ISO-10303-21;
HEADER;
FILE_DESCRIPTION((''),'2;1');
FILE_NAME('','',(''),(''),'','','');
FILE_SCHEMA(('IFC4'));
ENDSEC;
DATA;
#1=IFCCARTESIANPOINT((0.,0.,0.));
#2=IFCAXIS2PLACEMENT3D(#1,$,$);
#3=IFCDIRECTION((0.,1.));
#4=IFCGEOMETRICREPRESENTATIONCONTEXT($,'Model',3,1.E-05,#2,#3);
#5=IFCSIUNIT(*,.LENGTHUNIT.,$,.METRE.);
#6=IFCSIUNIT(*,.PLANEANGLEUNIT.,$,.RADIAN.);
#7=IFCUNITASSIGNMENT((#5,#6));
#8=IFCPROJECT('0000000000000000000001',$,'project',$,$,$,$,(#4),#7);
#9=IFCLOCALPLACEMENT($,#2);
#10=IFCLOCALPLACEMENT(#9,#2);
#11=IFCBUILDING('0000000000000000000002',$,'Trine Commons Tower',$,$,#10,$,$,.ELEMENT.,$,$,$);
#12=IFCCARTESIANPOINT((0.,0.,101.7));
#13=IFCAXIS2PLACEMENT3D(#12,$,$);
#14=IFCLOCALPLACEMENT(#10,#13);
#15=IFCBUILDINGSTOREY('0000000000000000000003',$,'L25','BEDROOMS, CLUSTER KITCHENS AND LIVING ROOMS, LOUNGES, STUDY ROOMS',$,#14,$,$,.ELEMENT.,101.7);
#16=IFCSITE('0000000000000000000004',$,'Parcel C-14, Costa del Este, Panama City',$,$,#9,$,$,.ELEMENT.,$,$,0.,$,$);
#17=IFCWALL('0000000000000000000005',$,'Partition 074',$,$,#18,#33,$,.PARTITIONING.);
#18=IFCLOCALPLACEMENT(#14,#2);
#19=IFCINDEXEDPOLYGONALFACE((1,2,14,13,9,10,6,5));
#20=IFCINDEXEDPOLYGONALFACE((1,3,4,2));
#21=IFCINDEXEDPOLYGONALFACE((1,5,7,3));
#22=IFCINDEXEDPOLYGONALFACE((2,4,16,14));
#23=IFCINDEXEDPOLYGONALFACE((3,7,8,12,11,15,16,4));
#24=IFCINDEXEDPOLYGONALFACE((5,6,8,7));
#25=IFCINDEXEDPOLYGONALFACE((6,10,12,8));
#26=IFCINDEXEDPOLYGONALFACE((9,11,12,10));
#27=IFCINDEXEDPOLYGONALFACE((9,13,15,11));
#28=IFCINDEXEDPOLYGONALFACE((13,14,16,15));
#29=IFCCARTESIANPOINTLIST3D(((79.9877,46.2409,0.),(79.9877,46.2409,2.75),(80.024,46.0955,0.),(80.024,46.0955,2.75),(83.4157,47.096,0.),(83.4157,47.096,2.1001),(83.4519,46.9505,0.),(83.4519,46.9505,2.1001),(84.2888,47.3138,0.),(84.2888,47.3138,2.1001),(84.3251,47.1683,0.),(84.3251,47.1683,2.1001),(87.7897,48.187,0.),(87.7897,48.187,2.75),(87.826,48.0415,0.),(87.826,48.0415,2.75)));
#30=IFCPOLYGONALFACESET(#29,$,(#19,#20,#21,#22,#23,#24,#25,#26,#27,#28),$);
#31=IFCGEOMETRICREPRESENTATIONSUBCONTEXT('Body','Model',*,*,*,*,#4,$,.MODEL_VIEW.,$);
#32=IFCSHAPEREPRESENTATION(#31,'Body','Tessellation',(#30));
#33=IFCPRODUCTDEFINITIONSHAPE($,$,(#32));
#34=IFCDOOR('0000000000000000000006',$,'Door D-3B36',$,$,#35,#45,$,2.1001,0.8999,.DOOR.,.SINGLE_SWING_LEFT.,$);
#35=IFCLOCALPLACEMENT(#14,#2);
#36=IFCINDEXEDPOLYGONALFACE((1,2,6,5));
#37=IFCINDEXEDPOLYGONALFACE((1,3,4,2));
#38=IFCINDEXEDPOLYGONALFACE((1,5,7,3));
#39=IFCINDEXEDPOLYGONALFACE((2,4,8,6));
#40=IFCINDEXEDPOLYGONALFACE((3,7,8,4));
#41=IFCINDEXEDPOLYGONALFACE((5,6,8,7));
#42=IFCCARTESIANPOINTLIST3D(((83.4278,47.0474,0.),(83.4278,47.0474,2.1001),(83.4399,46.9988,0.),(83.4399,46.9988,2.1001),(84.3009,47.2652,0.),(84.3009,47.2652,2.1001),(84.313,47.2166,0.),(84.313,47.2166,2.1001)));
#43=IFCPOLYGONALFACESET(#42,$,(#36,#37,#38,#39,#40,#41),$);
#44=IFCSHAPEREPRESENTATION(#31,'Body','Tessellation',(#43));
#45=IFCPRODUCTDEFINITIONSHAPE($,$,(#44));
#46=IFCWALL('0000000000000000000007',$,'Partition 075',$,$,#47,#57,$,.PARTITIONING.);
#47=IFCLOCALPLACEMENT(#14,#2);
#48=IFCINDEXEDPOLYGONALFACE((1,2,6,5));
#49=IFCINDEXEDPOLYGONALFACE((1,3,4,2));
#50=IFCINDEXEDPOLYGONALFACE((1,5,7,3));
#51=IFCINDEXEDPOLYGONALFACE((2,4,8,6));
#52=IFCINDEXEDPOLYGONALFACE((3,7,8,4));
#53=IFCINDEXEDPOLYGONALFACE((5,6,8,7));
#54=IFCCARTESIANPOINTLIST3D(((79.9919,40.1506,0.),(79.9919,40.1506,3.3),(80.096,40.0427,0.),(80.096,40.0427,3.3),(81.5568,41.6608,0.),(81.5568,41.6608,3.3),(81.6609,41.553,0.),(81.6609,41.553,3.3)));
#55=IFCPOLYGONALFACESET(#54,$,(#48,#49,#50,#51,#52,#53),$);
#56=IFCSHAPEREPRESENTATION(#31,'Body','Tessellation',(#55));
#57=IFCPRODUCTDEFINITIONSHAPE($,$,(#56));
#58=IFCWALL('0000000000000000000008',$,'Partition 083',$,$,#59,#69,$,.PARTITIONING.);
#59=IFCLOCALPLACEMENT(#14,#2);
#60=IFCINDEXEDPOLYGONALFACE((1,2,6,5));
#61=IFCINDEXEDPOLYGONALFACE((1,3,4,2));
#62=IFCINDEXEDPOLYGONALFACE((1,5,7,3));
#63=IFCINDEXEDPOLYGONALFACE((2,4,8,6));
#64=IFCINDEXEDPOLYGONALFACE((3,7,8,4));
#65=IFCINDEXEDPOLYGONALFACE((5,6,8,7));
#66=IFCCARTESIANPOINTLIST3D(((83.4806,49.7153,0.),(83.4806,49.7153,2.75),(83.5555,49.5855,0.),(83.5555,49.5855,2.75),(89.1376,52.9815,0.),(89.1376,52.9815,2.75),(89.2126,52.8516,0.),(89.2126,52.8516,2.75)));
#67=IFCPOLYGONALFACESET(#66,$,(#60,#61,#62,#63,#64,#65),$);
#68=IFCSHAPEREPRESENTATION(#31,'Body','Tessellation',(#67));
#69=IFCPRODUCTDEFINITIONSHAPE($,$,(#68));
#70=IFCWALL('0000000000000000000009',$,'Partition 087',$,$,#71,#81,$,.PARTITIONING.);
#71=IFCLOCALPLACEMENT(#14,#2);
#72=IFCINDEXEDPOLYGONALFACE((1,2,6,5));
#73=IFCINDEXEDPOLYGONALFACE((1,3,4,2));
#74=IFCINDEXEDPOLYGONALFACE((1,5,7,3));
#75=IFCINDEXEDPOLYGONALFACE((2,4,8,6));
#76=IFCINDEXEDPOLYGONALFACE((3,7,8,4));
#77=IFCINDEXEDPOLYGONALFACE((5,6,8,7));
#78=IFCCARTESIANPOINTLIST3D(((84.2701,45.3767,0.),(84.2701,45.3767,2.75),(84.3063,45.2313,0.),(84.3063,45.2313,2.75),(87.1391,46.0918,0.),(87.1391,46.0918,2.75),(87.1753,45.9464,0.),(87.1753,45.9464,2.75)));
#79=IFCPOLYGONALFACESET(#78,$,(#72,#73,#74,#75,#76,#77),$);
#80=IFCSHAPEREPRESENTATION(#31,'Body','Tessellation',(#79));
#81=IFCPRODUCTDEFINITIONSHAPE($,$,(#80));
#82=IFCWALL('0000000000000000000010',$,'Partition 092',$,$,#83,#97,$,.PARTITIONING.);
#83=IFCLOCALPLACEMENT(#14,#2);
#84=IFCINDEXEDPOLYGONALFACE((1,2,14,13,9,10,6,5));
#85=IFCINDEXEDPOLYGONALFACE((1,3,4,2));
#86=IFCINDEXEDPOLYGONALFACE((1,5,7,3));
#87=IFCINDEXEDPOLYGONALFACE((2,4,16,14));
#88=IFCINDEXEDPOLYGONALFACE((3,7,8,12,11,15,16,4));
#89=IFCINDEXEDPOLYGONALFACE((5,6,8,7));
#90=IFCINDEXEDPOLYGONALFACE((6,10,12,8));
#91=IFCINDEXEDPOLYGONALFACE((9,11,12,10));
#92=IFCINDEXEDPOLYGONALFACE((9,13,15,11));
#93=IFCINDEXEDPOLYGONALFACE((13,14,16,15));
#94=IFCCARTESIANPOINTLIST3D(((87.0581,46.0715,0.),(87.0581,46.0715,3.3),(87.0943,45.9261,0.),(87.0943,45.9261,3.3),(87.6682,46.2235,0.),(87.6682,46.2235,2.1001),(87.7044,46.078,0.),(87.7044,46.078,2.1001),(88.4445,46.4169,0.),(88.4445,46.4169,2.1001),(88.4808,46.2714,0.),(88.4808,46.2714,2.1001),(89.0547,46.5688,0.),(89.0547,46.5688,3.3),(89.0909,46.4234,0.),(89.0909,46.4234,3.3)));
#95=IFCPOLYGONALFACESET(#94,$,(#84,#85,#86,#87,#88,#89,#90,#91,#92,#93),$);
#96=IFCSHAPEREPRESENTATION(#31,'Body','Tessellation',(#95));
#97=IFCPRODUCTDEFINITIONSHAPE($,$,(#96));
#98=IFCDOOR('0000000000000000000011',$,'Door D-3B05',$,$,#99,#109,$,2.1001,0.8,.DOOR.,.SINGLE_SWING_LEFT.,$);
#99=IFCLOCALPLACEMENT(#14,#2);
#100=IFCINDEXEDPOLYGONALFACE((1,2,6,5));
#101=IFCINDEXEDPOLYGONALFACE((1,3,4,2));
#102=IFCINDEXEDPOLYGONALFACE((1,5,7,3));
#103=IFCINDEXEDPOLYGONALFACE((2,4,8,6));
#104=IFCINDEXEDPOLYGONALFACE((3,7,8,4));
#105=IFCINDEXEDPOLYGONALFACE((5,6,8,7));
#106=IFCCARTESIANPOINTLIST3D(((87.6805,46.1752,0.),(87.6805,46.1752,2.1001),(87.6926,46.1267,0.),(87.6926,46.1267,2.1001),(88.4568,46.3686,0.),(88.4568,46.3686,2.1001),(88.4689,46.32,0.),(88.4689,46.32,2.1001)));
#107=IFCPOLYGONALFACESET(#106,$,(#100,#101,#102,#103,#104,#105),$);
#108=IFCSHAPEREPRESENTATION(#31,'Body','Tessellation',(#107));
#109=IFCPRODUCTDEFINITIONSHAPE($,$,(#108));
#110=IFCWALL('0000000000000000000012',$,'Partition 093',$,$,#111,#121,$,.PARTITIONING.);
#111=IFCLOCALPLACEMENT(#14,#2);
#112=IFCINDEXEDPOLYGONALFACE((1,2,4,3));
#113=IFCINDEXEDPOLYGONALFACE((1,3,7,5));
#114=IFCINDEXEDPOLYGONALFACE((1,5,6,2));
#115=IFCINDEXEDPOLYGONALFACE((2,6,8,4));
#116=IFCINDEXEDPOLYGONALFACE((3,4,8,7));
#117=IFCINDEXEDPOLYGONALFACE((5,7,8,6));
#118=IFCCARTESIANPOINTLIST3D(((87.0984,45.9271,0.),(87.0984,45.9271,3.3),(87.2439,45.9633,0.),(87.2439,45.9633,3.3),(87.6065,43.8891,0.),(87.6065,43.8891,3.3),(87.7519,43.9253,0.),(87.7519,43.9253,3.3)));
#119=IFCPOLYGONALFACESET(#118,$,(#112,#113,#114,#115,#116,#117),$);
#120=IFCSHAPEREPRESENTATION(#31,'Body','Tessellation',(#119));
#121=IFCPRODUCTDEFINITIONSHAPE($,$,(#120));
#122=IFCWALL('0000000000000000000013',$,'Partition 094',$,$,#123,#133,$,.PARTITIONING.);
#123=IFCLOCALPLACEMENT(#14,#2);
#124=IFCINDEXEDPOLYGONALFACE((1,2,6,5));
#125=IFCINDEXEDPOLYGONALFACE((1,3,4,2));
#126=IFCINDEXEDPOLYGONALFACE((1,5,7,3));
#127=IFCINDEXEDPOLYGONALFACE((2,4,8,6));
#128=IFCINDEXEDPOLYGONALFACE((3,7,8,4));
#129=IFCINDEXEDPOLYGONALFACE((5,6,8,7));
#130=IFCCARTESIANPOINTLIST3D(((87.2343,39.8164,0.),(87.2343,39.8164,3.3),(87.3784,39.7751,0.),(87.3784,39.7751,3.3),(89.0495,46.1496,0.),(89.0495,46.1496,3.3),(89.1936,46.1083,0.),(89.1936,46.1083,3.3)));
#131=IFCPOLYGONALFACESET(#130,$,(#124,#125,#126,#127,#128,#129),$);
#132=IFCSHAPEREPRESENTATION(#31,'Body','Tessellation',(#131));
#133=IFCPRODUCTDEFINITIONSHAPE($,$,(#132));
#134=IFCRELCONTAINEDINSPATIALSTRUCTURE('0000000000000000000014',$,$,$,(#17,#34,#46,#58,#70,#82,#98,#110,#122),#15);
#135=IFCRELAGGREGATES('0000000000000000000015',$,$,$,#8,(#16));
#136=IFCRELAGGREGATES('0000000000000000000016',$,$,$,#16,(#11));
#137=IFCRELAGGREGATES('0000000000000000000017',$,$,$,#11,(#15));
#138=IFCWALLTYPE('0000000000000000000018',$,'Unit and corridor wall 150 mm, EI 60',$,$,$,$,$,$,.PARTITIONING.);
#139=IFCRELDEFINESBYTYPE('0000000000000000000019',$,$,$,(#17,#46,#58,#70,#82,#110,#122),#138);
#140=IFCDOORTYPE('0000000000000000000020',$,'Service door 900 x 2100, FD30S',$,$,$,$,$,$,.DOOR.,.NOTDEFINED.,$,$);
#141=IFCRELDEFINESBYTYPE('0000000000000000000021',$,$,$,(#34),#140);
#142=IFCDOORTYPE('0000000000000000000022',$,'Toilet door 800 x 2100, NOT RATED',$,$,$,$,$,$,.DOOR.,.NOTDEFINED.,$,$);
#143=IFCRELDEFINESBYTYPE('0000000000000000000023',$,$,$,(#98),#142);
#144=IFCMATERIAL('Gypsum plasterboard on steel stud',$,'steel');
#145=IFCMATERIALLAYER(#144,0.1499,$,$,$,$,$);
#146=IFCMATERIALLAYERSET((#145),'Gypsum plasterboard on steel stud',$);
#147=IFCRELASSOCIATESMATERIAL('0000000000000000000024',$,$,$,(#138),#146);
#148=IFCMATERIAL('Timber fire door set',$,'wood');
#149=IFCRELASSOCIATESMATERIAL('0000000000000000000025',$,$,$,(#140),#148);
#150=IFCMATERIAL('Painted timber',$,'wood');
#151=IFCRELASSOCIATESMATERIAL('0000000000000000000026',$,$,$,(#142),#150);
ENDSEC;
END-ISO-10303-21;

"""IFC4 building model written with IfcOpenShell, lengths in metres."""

from ifc_helpers import new_model, si_unit, direction, frame, frame_2d, origin, place, context, subcontext, project, spatial, rectangle, extrude, material, layer, layer_set, type_object, element, fill, save


model = new_model("IFC4")

# Units and contexts
model_context = context("Model", 3, precision=1e-05, world=origin(), true_north=direction((0.0, 1.0)))
body_context = subcontext(model_context, "Body", "Model", "MODEL_VIEW")
ifc_project = project(units=[si_unit("LENGTHUNIT", "METRE"), si_unit("PLANEANGLEUNIT", "RADIAN")], contexts=[model_context])

# Site, building, storey
site_placement = place(None, origin())
site = spatial("IfcSite", under=ifc_project, at=site_placement, Name="Parcel C-14, Costa del Este, Panama City", CompositionType="ELEMENT", RefElevation=0.0)
building_placement = place(site_placement, origin())
building = spatial("IfcBuilding", under=site, at=building_placement, Name="Trine Commons Tower", CompositionType="ELEMENT")
storey_placement = place(building_placement, frame((0.0, 0.0, 101.7)))
storey = spatial("IfcBuildingStorey", under=building, at=storey_placement, Name="L25", Description="BEDROOMS, CLUSTER KITCHENS AND LIVING ROOMS, LOUNGES, STUDY ROOMS", CompositionType="ELEMENT", Elevation=101.7)

# Wall, opening, door
ifc_material_1 = material(Name="Gypsum plasterboard on steel stud", Category="steel")
ifc_layer = layer(ifc_material_1, 0.1499)
ifc_layer_set = layer_set([ifc_layer], Name="Gypsum plasterboard on steel stud")
wall_type = type_object("IfcWallType", Name="Unit and corridor wall 150 mm, EI 60", PredefinedType="PARTITIONING", material=ifc_layer_set)
ifc_material_2 = material(Name="Timber fire door set", Category="wood")
wall_1_placement = place(storey_placement, frame((80.0059, 46.1682, 0.0), z_axis=(0.0, 0.0, 1.0), x_axis=(0.970273, 0.242014, 0.0)))
wall_1 = element("IfcWall", 1, at=wall_1_placement, inside=storey, type_object=wall_type, Name="Partition 074", PredefinedType="PARTITIONING", context=body_context, shape_type="SweptSolid", body=[
    extrude(rectangle(XDim=8.041, YDim=0.1499, at=frame_2d((4.0205, 0.0))), origin(), (0.0, 0.0, 1.0), 2.75),
])
opening_1_placement = place(wall_1_placement, frame((3.533, 0.0, 0.0)))
opening_1 = element("IfcOpeningElement", 2, at=opening_1_placement, cuts=wall_1, PredefinedType="OPENING", context=body_context, shape_type="SweptSolid", body=[
    extrude(rectangle(XDim=0.8999, YDim=2.1001, at=frame_2d((0.45, 1.05))), frame((0.0, 0.085, 0.0), z_axis=(0.0, -1.0, 0.0), x_axis=(1.0, 0.0, 0.0)), (0.0, 0.0, 1.0), 0.1699),
])
door_type_1 = type_object("IfcDoorType", Name="Service door 900 x 2100, FD30S", OperationType="NOTDEFINED", PredefinedType="DOOR", material=ifc_material_2)
door_1_placement = place(opening_1_placement, origin())
door_1 = element("IfcDoor", 3, at=door_1_placement, inside=storey, type_object=door_type_1, Name="Door D-3B36", OperationType="SINGLE_SWING_LEFT", OverallHeight=2.1001, OverallWidth=0.8999, PredefinedType="DOOR", context=body_context, shape_type="SweptSolid", body=[
    extrude(rectangle(XDim=0.8999, YDim=2.1001, at=frame_2d((0.45, 1.05))), frame((0.0, 0.0249, 0.0), z_axis=(0.0, -1.0, 0.0), x_axis=(1.0, 0.0, 0.0)), (0.0, 0.0, 1.0), 0.05),
])
fill(opening_1, door_1)

# Walls
wall_2_placement = place(storey_placement, frame((80.0439, 40.0967, 0.0), z_axis=(0.0, 0.0, 1.0), x_axis=(0.719568, 0.694422, 0.0)))
element("IfcWall", 4, at=wall_2_placement, inside=storey, type_object=wall_type, Name="Partition 075", PredefinedType="PARTITIONING", context=body_context, shape_type="SweptSolid", body=[
    extrude(rectangle(XDim=2.1748, YDim=0.1499, at=frame_2d((1.0874, 0.0))), origin(), (0.0, 0.0, 1.0), 3.3),
])
wall_3_placement = place(storey_placement, frame((83.5181, 49.6504, 0.0), z_axis=(0.0, 0.0, 1.0), x_axis=(0.866022, 0.500006, 0.0)))
element("IfcWall", 5, at=wall_3_placement, inside=storey, type_object=wall_type, Name="Partition 083", PredefinedType="PARTITIONING", context=body_context, shape_type="SweptSolid", body=[
    extrude(rectangle(XDim=6.5322, YDim=0.1499, at=frame_2d((3.2661, 0.0))), origin(), (0.0, 0.0, 1.0), 2.75),
])
wall_4_placement = place(storey_placement, frame((84.2881, 45.304, 0.0), z_axis=(0.0, 0.0, 1.0), x_axis=(0.970312, 0.241856, 0.0)))
element("IfcWall", 6, at=wall_4_placement, inside=storey, type_object=wall_type, Name="Partition 087", PredefinedType="PARTITIONING", context=body_context, shape_type="SweptSolid", body=[
    extrude(rectangle(XDim=2.9568, YDim=0.1499, at=frame_2d((1.4785, 0.0))), origin(), (0.0, 0.0, 1.0), 2.75),
])

# Wall, opening, door
wall_5_placement = place(storey_placement, frame((87.0762, 45.9988, 0.0), z_axis=(0.0, 0.0, 1.0), x_axis=(0.970352, 0.241698, 0.0)))
wall_5 = element("IfcWall", 7, at=wall_5_placement, inside=storey, type_object=wall_type, Name="Partition 092", PredefinedType="PARTITIONING", context=body_context, shape_type="SweptSolid", body=[
    extrude(rectangle(XDim=2.0576, YDim=0.1499, at=frame_2d((1.0288, 0.0))), origin(), (0.0, 0.0, 1.0), 3.3),
])
opening_2_placement = place(wall_5_placement, frame((0.6289, 0.0, 0.0)))
opening_2 = element("IfcOpeningElement", 8, at=opening_2_placement, cuts=wall_5, PredefinedType="OPENING", context=body_context, shape_type="SweptSolid", body=[
    extrude(rectangle(XDim=0.8, YDim=2.1001, at=frame_2d((0.3999, 1.05))), frame((0.0, 0.085, 0.0), z_axis=(0.0, -1.0, 0.0), x_axis=(1.0, 0.0, 0.0)), (0.0, 0.0, 1.0), 0.1699),
])
ifc_material_3 = material(Name="Painted timber", Category="wood")
door_type_2 = type_object("IfcDoorType", Name="Toilet door 800 x 2100, NOT RATED", OperationType="NOTDEFINED", PredefinedType="DOOR", material=ifc_material_3)
door_2_placement = place(opening_2_placement, frame((0.8, 0.0, 0.0), z_axis=(0.0, 0.0, 1.0), x_axis=(-1.0, 0.0, 0.0)))
door_2 = element("IfcDoor", 9, at=door_2_placement, inside=storey, type_object=door_type_2, Name="Door D-3B05", OperationType="SINGLE_SWING_LEFT", OverallHeight=2.1001, OverallWidth=0.8, PredefinedType="DOOR", context=body_context, shape_type="SweptSolid", body=[
    extrude(rectangle(XDim=0.8, YDim=2.1001, at=frame_2d((0.3999, 1.05))), frame((0.0, 0.0249, 0.0), z_axis=(0.0, -1.0, 0.0), x_axis=(1.0, 0.0, 0.0)), (0.0, 0.0, 1.0), 0.05),
])
fill(opening_2, door_2)

# Walls
wall_6_placement = place(storey_placement, frame((87.1711, 45.9453, 0.0), z_axis=(0.0, 0.0, 1.0), x_axis=(0.241879, -0.970306, 0.0)))
element("IfcWall", 10, at=wall_6_placement, inside=storey, type_object=wall_type, Name="Partition 093", PredefinedType="PARTITIONING", context=body_context, shape_type="SweptSolid", body=[
    extrude(rectangle(XDim=2.1003, YDim=0.1499, at=frame_2d((1.0503, 0.0))), origin(), (0.0, 0.0, 1.0), 3.3),
])
wall_7_placement = place(storey_placement, frame((87.3064, 39.7959, 0.0), z_axis=(0.0, 0.0, 1.0), x_axis=(0.275519, 0.961296, 0.0)))
element("IfcWall", 11, at=wall_7_placement, inside=storey, type_object=wall_type, Name="Partition 094", PredefinedType="PARTITIONING", context=body_context, shape_type="SweptSolid", body=[
    extrude(rectangle(XDim=6.5881, YDim=0.1499, at=frame_2d((3.2939, 0.0))), origin(), (0.0, 0.0, 1.0), 3.3),
])

save(model, "model.ifc")
